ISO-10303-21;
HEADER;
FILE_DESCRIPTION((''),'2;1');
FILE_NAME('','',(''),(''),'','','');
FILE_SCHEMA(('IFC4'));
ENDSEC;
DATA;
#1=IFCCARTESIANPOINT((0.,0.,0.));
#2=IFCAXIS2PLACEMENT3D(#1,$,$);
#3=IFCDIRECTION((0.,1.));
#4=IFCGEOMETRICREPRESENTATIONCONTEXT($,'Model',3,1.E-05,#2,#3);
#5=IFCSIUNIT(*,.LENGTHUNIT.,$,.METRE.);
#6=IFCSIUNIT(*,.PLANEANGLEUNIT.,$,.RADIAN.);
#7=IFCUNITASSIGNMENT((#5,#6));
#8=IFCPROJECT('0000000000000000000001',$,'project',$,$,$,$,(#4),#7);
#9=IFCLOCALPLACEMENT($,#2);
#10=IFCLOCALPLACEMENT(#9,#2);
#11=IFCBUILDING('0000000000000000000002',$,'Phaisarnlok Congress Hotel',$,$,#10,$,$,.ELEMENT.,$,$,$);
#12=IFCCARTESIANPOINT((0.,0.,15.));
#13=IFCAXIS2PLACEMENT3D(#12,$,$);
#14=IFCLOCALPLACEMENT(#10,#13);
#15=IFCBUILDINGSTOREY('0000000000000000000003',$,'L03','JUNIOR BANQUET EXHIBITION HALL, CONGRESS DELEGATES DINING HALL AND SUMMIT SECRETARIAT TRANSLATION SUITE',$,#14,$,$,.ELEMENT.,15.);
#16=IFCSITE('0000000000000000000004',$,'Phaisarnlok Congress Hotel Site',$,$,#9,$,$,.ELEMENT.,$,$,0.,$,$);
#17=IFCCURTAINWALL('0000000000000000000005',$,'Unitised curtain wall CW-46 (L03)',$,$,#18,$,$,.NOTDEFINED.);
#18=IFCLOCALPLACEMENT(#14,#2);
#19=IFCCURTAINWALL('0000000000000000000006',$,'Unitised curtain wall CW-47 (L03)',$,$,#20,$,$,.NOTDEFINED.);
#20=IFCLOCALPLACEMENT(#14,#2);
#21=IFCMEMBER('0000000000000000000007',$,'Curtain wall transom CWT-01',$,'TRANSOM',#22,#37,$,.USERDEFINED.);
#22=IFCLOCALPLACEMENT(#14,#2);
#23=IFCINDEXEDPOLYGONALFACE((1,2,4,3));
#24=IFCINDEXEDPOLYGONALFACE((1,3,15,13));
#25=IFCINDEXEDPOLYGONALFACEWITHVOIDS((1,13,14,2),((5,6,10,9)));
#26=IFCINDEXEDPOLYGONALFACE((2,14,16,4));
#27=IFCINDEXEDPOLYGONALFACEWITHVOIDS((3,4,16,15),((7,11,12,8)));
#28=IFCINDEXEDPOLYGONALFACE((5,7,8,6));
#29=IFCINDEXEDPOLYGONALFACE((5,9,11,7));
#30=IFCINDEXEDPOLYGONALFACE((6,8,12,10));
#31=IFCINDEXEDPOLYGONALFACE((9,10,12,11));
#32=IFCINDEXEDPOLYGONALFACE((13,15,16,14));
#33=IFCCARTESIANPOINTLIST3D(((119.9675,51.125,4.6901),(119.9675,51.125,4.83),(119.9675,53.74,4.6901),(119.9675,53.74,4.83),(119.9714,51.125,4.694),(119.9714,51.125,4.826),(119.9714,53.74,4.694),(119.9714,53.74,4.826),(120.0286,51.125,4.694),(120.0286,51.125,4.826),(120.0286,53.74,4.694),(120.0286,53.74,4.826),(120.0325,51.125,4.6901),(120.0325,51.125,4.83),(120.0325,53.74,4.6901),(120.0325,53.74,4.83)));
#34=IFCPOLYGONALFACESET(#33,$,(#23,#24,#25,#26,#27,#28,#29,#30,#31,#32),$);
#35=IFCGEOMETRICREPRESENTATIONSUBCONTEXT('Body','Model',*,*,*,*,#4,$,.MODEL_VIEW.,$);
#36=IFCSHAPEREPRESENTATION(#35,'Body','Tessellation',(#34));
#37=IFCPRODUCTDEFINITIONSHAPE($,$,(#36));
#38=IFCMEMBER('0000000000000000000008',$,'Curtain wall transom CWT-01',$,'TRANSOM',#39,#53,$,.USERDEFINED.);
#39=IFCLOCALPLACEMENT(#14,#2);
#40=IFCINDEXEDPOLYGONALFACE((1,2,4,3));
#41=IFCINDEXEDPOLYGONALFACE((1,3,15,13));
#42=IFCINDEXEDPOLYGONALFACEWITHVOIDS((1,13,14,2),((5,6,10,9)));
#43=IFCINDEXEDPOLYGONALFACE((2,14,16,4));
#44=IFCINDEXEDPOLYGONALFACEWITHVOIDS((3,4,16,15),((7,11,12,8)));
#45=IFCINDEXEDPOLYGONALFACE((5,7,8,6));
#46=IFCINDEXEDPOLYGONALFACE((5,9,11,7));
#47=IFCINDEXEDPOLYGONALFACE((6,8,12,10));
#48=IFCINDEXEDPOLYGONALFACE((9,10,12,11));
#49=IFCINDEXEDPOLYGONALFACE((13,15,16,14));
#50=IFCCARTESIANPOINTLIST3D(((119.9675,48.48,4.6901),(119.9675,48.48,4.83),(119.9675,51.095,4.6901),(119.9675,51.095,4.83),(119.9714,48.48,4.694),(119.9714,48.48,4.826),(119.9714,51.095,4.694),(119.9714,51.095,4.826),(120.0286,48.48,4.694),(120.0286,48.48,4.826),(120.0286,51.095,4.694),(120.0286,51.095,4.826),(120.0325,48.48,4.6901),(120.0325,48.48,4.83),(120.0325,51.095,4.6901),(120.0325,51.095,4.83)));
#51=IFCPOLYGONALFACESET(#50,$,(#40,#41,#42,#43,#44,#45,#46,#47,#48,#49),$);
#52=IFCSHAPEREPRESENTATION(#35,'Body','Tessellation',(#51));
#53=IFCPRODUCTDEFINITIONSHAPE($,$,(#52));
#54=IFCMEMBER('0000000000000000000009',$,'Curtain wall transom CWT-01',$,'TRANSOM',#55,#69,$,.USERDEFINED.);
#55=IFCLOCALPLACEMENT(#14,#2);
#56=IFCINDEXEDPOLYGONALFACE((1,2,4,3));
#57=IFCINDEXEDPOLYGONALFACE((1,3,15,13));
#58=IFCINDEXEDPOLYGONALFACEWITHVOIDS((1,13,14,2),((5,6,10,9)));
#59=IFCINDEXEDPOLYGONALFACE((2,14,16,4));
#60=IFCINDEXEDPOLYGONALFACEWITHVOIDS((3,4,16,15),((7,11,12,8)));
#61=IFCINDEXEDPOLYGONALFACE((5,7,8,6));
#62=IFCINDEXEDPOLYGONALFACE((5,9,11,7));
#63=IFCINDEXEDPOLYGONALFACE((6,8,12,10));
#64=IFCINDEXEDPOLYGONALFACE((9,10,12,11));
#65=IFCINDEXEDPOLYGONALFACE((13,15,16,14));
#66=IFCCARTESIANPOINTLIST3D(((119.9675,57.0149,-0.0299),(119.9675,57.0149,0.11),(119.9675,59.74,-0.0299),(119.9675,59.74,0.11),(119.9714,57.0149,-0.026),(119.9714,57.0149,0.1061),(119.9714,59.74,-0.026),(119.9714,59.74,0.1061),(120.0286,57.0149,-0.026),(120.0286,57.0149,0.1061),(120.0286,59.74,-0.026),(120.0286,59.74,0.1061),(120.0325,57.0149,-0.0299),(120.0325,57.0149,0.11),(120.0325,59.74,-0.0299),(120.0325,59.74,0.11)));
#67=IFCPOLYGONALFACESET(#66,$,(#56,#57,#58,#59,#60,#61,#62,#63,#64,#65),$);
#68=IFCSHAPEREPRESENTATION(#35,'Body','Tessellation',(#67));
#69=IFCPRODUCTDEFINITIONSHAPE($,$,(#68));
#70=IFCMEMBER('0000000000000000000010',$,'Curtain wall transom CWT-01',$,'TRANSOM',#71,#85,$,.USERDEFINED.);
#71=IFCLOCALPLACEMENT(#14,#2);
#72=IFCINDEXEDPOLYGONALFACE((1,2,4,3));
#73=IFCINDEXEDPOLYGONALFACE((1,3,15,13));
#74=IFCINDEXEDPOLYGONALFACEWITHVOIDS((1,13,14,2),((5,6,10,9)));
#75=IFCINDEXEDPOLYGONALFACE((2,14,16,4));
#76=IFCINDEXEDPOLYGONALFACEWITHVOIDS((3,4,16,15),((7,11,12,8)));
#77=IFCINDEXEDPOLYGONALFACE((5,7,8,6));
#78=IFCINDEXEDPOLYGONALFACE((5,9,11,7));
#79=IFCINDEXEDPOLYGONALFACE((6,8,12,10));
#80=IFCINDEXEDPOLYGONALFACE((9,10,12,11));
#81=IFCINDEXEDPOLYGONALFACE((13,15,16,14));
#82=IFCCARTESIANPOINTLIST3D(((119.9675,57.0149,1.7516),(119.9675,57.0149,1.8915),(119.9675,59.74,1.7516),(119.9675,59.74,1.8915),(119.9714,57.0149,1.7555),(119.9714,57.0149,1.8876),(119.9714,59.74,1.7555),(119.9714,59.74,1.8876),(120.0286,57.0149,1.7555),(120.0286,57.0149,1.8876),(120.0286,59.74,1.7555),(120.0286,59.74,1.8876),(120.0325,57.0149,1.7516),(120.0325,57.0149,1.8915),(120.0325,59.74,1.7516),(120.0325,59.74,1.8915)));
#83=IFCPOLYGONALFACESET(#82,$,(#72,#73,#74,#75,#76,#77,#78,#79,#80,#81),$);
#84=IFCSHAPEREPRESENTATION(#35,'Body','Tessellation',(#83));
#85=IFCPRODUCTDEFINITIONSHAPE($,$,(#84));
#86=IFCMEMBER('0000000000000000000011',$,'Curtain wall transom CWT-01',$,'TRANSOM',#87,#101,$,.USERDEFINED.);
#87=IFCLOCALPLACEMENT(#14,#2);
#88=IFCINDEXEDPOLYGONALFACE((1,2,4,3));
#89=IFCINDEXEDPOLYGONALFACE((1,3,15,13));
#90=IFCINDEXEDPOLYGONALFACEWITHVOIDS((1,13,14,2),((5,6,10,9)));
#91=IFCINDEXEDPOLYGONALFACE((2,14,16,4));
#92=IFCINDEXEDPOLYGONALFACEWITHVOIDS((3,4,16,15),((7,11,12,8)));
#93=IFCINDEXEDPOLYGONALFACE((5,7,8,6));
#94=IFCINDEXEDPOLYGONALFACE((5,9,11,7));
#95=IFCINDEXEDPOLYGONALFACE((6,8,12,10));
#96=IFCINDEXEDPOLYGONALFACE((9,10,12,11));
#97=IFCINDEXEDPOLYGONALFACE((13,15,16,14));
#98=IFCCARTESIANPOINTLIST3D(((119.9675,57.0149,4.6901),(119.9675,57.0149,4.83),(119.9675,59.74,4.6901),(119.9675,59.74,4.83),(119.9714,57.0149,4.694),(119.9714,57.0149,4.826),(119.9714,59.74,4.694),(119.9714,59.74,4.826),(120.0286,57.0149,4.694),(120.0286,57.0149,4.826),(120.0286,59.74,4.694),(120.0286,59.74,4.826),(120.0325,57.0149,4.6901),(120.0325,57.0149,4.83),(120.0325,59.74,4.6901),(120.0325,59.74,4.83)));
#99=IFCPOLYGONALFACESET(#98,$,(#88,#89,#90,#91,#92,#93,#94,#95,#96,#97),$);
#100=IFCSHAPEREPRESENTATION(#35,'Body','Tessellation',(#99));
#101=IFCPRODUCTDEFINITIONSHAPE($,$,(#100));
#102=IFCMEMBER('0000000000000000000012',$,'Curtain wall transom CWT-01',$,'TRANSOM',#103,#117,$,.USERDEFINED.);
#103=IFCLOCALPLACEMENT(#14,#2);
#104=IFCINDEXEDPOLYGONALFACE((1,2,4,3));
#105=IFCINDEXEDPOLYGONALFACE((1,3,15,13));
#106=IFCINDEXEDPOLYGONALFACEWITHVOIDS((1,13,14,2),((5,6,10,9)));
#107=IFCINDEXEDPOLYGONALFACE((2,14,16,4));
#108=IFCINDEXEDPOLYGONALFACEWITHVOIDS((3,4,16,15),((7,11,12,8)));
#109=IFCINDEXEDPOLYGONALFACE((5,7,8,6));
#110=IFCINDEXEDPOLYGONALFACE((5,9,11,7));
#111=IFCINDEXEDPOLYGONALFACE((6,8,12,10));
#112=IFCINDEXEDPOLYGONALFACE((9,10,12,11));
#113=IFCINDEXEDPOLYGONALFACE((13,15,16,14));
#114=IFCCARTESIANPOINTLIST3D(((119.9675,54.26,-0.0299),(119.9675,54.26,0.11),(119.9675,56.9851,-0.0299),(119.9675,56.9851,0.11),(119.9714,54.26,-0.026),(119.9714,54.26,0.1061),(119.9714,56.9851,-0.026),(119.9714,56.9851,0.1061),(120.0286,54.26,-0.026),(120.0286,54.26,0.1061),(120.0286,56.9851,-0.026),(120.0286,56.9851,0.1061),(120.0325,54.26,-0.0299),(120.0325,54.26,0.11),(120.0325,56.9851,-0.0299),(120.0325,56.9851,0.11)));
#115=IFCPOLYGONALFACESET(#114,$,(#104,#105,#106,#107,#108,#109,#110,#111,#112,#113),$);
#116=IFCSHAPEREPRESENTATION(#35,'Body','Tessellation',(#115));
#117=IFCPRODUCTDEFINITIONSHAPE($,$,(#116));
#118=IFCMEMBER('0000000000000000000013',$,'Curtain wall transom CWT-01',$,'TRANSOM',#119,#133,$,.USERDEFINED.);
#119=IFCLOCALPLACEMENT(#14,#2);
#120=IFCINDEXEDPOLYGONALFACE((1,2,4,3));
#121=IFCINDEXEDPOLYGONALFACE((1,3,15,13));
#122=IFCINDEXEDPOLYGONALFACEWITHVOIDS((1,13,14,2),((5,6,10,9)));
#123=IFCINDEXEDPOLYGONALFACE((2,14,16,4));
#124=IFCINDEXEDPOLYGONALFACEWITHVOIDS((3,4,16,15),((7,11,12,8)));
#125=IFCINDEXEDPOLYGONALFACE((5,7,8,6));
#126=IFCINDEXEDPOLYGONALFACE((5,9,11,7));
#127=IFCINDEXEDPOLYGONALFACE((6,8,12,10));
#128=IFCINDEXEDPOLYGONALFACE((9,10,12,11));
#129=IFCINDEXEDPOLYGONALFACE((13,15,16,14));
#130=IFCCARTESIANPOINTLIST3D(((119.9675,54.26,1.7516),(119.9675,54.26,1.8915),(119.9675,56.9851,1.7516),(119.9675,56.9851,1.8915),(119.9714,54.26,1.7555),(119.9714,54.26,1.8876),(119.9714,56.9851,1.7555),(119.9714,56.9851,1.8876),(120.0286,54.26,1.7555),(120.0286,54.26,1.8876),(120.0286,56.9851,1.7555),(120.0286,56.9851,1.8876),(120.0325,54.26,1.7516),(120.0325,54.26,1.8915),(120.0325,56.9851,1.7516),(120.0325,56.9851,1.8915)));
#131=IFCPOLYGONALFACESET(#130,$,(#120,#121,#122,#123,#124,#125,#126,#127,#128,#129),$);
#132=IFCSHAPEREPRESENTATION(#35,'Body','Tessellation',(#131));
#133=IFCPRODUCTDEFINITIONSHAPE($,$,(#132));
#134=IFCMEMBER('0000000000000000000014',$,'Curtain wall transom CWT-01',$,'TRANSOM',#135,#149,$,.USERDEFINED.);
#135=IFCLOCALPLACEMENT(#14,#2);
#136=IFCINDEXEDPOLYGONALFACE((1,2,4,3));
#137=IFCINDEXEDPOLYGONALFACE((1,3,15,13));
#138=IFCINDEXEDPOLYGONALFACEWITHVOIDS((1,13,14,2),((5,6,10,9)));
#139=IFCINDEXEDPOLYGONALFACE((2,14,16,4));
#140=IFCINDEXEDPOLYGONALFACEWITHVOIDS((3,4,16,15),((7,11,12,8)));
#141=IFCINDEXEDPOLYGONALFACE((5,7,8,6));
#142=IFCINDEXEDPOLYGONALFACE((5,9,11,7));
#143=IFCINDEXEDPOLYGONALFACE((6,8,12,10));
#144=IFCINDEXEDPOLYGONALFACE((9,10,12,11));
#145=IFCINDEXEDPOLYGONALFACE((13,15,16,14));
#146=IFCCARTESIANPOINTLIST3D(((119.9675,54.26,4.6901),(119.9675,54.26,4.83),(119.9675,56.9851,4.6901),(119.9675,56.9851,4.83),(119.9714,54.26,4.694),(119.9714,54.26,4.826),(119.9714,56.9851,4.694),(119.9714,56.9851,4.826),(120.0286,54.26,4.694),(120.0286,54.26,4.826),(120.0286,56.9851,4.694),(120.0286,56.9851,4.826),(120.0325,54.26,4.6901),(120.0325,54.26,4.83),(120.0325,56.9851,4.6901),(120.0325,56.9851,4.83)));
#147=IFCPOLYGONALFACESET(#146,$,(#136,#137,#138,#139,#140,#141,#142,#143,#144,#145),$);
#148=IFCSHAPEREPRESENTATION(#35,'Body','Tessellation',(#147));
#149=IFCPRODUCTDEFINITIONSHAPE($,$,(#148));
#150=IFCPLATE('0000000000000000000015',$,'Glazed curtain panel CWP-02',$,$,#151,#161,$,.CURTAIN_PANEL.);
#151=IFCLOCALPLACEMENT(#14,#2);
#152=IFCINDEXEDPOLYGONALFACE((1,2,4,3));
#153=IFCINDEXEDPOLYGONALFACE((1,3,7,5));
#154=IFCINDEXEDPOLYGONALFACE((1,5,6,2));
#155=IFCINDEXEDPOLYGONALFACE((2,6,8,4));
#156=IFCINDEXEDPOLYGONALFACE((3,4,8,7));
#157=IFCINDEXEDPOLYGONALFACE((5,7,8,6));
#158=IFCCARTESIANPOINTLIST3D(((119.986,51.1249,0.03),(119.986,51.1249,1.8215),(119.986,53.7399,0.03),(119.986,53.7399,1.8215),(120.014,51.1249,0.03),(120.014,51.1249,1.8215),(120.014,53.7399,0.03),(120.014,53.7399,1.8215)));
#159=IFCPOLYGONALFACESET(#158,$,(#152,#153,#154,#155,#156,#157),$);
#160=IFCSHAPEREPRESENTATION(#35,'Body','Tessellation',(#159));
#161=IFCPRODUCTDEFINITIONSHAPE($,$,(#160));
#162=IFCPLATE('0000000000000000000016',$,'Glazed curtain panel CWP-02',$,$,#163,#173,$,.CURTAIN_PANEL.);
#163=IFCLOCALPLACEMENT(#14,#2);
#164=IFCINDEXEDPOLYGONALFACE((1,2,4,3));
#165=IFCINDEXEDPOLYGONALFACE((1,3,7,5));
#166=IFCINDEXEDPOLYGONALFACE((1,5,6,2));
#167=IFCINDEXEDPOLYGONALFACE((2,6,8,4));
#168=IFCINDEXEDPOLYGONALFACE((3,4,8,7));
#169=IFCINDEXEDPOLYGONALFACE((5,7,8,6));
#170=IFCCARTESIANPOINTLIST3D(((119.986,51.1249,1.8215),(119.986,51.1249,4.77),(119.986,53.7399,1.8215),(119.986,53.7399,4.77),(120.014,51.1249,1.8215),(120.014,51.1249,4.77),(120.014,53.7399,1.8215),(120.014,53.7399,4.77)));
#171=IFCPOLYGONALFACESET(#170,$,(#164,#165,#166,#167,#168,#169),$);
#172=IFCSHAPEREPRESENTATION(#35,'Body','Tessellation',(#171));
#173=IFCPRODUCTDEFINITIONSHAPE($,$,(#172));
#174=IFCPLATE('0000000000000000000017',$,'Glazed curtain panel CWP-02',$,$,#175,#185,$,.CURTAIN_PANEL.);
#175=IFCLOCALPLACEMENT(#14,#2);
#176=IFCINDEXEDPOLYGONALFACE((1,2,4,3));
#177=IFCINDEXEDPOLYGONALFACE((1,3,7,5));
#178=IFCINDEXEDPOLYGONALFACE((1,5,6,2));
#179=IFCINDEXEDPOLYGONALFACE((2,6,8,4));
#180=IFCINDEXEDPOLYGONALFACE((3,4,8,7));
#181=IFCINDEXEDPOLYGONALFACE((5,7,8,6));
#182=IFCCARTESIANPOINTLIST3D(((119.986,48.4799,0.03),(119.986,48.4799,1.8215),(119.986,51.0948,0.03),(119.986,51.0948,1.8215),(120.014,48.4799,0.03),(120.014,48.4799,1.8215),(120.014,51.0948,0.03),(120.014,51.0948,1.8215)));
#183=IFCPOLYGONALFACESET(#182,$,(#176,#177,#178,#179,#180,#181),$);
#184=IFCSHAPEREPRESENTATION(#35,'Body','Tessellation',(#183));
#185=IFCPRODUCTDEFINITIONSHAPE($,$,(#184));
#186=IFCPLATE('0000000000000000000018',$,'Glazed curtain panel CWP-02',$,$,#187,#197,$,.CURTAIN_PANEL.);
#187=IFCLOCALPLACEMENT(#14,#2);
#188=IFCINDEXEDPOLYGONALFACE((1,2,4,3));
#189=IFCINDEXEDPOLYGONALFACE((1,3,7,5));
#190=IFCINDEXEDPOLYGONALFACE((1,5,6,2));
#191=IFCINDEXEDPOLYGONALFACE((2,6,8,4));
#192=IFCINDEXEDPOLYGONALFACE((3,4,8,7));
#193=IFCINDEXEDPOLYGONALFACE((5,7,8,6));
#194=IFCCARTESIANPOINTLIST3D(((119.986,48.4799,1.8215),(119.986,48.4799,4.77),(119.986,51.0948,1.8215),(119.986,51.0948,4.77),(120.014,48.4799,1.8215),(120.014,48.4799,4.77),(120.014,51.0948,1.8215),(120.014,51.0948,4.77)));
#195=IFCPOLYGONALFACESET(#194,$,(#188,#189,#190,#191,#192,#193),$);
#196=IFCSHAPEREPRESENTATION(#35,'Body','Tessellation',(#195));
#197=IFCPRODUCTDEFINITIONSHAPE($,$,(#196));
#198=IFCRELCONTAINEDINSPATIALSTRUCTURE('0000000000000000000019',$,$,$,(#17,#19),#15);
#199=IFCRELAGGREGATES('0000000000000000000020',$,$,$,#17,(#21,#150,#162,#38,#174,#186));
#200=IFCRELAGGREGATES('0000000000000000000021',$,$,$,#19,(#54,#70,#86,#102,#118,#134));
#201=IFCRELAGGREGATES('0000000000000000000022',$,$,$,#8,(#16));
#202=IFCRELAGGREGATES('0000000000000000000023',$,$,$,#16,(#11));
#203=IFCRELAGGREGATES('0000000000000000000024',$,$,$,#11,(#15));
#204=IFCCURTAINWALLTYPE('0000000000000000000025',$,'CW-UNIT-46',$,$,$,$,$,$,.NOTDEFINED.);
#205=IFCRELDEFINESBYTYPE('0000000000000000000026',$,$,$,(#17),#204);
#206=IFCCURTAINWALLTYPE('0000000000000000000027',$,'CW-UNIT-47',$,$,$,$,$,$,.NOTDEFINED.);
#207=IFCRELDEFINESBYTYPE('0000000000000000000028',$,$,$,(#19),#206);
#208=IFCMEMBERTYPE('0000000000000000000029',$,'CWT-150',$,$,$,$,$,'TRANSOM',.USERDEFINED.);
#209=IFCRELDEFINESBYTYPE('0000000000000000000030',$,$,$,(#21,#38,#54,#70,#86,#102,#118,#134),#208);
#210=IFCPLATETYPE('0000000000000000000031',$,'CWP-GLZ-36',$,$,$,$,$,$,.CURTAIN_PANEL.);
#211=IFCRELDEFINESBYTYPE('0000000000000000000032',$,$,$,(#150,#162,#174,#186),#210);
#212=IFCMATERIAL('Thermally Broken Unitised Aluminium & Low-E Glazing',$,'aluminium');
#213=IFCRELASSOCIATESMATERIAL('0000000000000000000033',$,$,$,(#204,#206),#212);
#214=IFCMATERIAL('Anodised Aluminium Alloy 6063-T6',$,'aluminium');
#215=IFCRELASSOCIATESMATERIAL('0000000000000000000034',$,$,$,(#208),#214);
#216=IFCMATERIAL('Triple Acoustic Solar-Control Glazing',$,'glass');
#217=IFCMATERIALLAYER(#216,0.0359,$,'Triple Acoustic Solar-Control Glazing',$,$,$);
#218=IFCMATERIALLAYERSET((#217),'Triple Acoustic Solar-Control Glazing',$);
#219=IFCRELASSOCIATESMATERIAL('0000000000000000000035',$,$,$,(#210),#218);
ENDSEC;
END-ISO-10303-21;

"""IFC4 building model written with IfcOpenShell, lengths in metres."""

from ifc_helpers import new_model, si_unit, direction, frame, frame_2d, origin, origin_2d, place, context, subcontext, project, spatial, rectangle, hollow_rectangle, extrude, material, layer, layer_set, material_profile, profile_set, type_object, element, aggregate, save


model = new_model("IFC4")

# Units and contexts
model_context = context("Model", 3, precision=1e-05, world=origin(), true_north=direction((0.0, 1.0)))
body_context = subcontext(model_context, "Body", "Model", "MODEL_VIEW")
ifc_project = project(units=[si_unit("LENGTHUNIT", "METRE"), si_unit("PLANEANGLEUNIT", "RADIAN")], contexts=[model_context])

# Site, building, storey
site_placement = place(None, origin())
site = spatial("IfcSite", under=ifc_project, at=site_placement, Name="Phaisarnlok Congress Hotel Site", CompositionType="ELEMENT", RefElevation=0.0)
building_placement = place(site_placement, origin())
building = spatial("IfcBuilding", under=site, at=building_placement, Name="Phaisarnlok Congress Hotel", CompositionType="ELEMENT")
storey_placement = place(building_placement, frame((0.0, 0.0, 15.0)))
storey = spatial("IfcBuildingStorey", under=building, at=storey_placement, Name="L03", Description="JUNIOR BANQUET EXHIBITION HALL, CONGRESS DELEGATES DINING HALL AND SUMMIT SECRETARIAT TRANSLATION SUITE", CompositionType="ELEMENT", Elevation=15.0)

# Curtain walls
ifc_material_1 = material(Name="Thermally Broken Unitised Aluminium & Low-E Glazing", Category="aluminium")
curtain_wall_type_1 = type_object("IfcCurtainWallType", Name="CW-UNIT-46", PredefinedType="NOTDEFINED", material=ifc_material_1)
curtain_wall_1_placement = place(storey_placement, origin())
curtain_wall_1 = element("IfcCurtainWall", 1, at=curtain_wall_1_placement, inside=storey, type_object=curtain_wall_type_1, Name="Unitised curtain wall CW-46 (L03)", PredefinedType="NOTDEFINED")
ifc_material_2 = material(Name="Anodised Aluminium Alloy 6063-T6", Category="aluminium")
curtain_wall_type_2 = type_object("IfcCurtainWallType", Name="CW-UNIT-47", PredefinedType="NOTDEFINED", material=ifc_material_1)
curtain_wall_2_placement = place(storey_placement, origin())
curtain_wall_2 = element("IfcCurtainWall", 2, at=curtain_wall_2_placement, inside=storey, type_object=curtain_wall_type_2, Name="Unitised curtain wall CW-47 (L03)", PredefinedType="NOTDEFINED")

# Members
ifc_material_profile_1 = material_profile(ifc_material_2, hollow_rectangle(XDim=0.0649, YDim=0.1399, WallThickness=0.0039, at=origin_2d()), Name="ALU-T 65x140x4")
ifc_profile_set_1 = profile_set([ifc_material_profile_1], Name="Anodised Aluminium Alloy 6063-T6")
member_type_1 = type_object("IfcMemberType", Name="CWT-150", ElementType="TRANSOM", PredefinedType="USERDEFINED", material=ifc_profile_set_1)
member_1_placement = place(storey_placement, frame((120.0, 53.74, 4.76), z_axis=(0.0, -1.0, 0.0), x_axis=(1.0, 0.0, 0.0)))
member_1 = element("IfcMember", 3, at=member_1_placement, type_object=member_type_1, Name="Curtain wall transom CWT-01", ObjectType="TRANSOM", PredefinedType="USERDEFINED", context=body_context, shape_type="SweptSolid", body=[
    extrude(hollow_rectangle(XDim=0.0649, YDim=0.1399, WallThickness=0.0039, at=origin_2d()), origin(), (0.0, 0.0, 1.0), 2.615),
])
member_2_placement = place(storey_placement, frame((120.0, 51.095, 4.76), z_axis=(0.0, -1.0, 0.0), x_axis=(1.0, 0.0, 0.0)))
member_2 = element("IfcMember", 4, at=member_2_placement, type_object=member_type_1, Name="Curtain wall transom CWT-01", ObjectType="TRANSOM", PredefinedType="USERDEFINED", context=body_context, shape_type="SweptSolid", body=[
    extrude(hollow_rectangle(XDim=0.0649, YDim=0.1399, WallThickness=0.0039, at=origin_2d()), origin(), (0.0, 0.0, 1.0), 2.615),
])
member_3_placement = place(storey_placement, frame((120.0, 59.74, 0.04), z_axis=(0.0, -1.0, 0.0), x_axis=(1.0, 0.0, 0.0)))
member_3 = element("IfcMember", 5, at=member_3_placement, type_object=member_type_1, Name="Curtain wall transom CWT-01", ObjectType="TRANSOM", PredefinedType="USERDEFINED", context=body_context, shape_type="SweptSolid", body=[
    extrude(hollow_rectangle(XDim=0.0649, YDim=0.1399, WallThickness=0.0039, at=origin_2d()), origin(), (0.0, 0.0, 1.0), 2.7251),
])
member_4_placement = place(storey_placement, frame((120.0, 59.74, 1.8215), z_axis=(0.0, -1.0, 0.0), x_axis=(1.0, 0.0, 0.0)))
member_4 = element("IfcMember", 6, at=member_4_placement, type_object=member_type_1, Name="Curtain wall transom CWT-01", ObjectType="TRANSOM", PredefinedType="USERDEFINED", context=body_context, shape_type="SweptSolid", body=[
    extrude(hollow_rectangle(XDim=0.0649, YDim=0.1399, WallThickness=0.0039, at=origin_2d()), origin(), (0.0, 0.0, 1.0), 2.7251),
])
member_5_placement = place(storey_placement, frame((120.0, 59.74, 4.76), z_axis=(0.0, -1.0, 0.0), x_axis=(1.0, 0.0, 0.0)))
member_5 = element("IfcMember", 7, at=member_5_placement, type_object=member_type_1, Name="Curtain wall transom CWT-01", ObjectType="TRANSOM", PredefinedType="USERDEFINED", context=body_context, shape_type="SweptSolid", body=[
    extrude(hollow_rectangle(XDim=0.0649, YDim=0.1399, WallThickness=0.0039, at=origin_2d()), origin(), (0.0, 0.0, 1.0), 2.7251),
])
member_6_placement = place(storey_placement, frame((120.0, 56.9851, 0.04), z_axis=(0.0, -1.0, 0.0), x_axis=(1.0, 0.0, 0.0)))
member_6 = element("IfcMember", 8, at=member_6_placement, type_object=member_type_1, Name="Curtain wall transom CWT-01", ObjectType="TRANSOM", PredefinedType="USERDEFINED", context=body_context, shape_type="SweptSolid", body=[
    extrude(hollow_rectangle(XDim=0.0649, YDim=0.1399, WallThickness=0.0039, at=origin_2d()), origin(), (0.0, 0.0, 1.0), 2.7251),
])
member_7_placement = place(storey_placement, frame((120.0, 56.9851, 1.8215), z_axis=(0.0, -1.0, 0.0), x_axis=(1.0, 0.0, 0.0)))
member_7 = element("IfcMember", 9, at=member_7_placement, type_object=member_type_1, Name="Curtain wall transom CWT-01", ObjectType="TRANSOM", PredefinedType="USERDEFINED", context=body_context, shape_type="SweptSolid", body=[
    extrude(hollow_rectangle(XDim=0.0649, YDim=0.1399, WallThickness=0.0039, at=origin_2d()), origin(), (0.0, 0.0, 1.0), 2.7251),
])
member_8_placement = place(storey_placement, frame((120.0, 56.9851, 4.76), z_axis=(0.0, -1.0, 0.0), x_axis=(1.0, 0.0, 0.0)))
member_8 = element("IfcMember", 10, at=member_8_placement, type_object=member_type_1, Name="Curtain wall transom CWT-01", ObjectType="TRANSOM", PredefinedType="USERDEFINED", context=body_context, shape_type="SweptSolid", body=[
    extrude(hollow_rectangle(XDim=0.0649, YDim=0.1399, WallThickness=0.0039, at=origin_2d()), origin(), (0.0, 0.0, 1.0), 2.7251),
])

# Plates
ifc_material_3 = material(Name="Triple Acoustic Solar-Control Glazing", Category="glass")
ifc_layer = layer(ifc_material_3, 0.0359, Name="Triple Acoustic Solar-Control Glazing")
ifc_layer_set = layer_set([ifc_layer], Name="Triple Acoustic Solar-Control Glazing")
plate_type = type_object("IfcPlateType", Name="CWP-GLZ-36", PredefinedType="CURTAIN_PANEL", material=ifc_layer_set)
plate_1_placement = place(storey_placement, frame((120.0, 53.74, 0.03), z_axis=(0.0, 0.0, 1.0), x_axis=(0.0, -1.0, 0.0)))
plate_1 = element("IfcPlate", 11, at=plate_1_placement, type_object=plate_type, Name="Glazed curtain panel CWP-02", PredefinedType="CURTAIN_PANEL", context=body_context, shape_type="SweptSolid", body=[
    extrude(rectangle(XDim=2.615, YDim=0.0281, at=frame_2d((1.3076, 0.0))), origin(), (0.0, 0.0, 1.0), 1.7915),
])
plate_2_placement = place(storey_placement, frame((120.0, 53.74, 1.8215), z_axis=(0.0, 0.0, 1.0), x_axis=(0.0, -1.0, 0.0)))
plate_2 = element("IfcPlate", 12, at=plate_2_placement, type_object=plate_type, Name="Glazed curtain panel CWP-02", PredefinedType="CURTAIN_PANEL", context=body_context, shape_type="SweptSolid", body=[
    extrude(rectangle(XDim=2.615, YDim=0.0281, at=frame_2d((1.3076, 0.0))), origin(), (0.0, 0.0, 1.0), 2.9485),
])
plate_3_placement = place(storey_placement, frame((120.0, 51.095, 0.03), z_axis=(0.0, 0.0, 1.0), x_axis=(0.0, -1.0, 0.0)))
plate_3 = element("IfcPlate", 13, at=plate_3_placement, type_object=plate_type, Name="Glazed curtain panel CWP-02", PredefinedType="CURTAIN_PANEL", context=body_context, shape_type="SweptSolid", body=[
    extrude(rectangle(XDim=2.615, YDim=0.0281, at=frame_2d((1.3076, 0.0))), origin(), (0.0, 0.0, 1.0), 1.7915),
])
plate_4_placement = place(storey_placement, frame((120.0, 51.095, 1.8215), z_axis=(0.0, 0.0, 1.0), x_axis=(0.0, -1.0, 0.0)))
plate_4 = element("IfcPlate", 14, at=plate_4_placement, type_object=plate_type, Name="Glazed curtain panel CWP-02", PredefinedType="CURTAIN_PANEL", context=body_context, shape_type="SweptSolid", body=[
    extrude(rectangle(XDim=2.615, YDim=0.0281, at=frame_2d((1.3076, 0.0))), origin(), (0.0, 0.0, 1.0), 2.9485),
])
aggregate(curtain_wall_1, [member_1, plate_1, plate_2, member_2, plate_3, plate_4])
aggregate(curtain_wall_2, [member_3, member_4, member_5, member_6, member_7, member_8])

save(model, "model.ifc")
